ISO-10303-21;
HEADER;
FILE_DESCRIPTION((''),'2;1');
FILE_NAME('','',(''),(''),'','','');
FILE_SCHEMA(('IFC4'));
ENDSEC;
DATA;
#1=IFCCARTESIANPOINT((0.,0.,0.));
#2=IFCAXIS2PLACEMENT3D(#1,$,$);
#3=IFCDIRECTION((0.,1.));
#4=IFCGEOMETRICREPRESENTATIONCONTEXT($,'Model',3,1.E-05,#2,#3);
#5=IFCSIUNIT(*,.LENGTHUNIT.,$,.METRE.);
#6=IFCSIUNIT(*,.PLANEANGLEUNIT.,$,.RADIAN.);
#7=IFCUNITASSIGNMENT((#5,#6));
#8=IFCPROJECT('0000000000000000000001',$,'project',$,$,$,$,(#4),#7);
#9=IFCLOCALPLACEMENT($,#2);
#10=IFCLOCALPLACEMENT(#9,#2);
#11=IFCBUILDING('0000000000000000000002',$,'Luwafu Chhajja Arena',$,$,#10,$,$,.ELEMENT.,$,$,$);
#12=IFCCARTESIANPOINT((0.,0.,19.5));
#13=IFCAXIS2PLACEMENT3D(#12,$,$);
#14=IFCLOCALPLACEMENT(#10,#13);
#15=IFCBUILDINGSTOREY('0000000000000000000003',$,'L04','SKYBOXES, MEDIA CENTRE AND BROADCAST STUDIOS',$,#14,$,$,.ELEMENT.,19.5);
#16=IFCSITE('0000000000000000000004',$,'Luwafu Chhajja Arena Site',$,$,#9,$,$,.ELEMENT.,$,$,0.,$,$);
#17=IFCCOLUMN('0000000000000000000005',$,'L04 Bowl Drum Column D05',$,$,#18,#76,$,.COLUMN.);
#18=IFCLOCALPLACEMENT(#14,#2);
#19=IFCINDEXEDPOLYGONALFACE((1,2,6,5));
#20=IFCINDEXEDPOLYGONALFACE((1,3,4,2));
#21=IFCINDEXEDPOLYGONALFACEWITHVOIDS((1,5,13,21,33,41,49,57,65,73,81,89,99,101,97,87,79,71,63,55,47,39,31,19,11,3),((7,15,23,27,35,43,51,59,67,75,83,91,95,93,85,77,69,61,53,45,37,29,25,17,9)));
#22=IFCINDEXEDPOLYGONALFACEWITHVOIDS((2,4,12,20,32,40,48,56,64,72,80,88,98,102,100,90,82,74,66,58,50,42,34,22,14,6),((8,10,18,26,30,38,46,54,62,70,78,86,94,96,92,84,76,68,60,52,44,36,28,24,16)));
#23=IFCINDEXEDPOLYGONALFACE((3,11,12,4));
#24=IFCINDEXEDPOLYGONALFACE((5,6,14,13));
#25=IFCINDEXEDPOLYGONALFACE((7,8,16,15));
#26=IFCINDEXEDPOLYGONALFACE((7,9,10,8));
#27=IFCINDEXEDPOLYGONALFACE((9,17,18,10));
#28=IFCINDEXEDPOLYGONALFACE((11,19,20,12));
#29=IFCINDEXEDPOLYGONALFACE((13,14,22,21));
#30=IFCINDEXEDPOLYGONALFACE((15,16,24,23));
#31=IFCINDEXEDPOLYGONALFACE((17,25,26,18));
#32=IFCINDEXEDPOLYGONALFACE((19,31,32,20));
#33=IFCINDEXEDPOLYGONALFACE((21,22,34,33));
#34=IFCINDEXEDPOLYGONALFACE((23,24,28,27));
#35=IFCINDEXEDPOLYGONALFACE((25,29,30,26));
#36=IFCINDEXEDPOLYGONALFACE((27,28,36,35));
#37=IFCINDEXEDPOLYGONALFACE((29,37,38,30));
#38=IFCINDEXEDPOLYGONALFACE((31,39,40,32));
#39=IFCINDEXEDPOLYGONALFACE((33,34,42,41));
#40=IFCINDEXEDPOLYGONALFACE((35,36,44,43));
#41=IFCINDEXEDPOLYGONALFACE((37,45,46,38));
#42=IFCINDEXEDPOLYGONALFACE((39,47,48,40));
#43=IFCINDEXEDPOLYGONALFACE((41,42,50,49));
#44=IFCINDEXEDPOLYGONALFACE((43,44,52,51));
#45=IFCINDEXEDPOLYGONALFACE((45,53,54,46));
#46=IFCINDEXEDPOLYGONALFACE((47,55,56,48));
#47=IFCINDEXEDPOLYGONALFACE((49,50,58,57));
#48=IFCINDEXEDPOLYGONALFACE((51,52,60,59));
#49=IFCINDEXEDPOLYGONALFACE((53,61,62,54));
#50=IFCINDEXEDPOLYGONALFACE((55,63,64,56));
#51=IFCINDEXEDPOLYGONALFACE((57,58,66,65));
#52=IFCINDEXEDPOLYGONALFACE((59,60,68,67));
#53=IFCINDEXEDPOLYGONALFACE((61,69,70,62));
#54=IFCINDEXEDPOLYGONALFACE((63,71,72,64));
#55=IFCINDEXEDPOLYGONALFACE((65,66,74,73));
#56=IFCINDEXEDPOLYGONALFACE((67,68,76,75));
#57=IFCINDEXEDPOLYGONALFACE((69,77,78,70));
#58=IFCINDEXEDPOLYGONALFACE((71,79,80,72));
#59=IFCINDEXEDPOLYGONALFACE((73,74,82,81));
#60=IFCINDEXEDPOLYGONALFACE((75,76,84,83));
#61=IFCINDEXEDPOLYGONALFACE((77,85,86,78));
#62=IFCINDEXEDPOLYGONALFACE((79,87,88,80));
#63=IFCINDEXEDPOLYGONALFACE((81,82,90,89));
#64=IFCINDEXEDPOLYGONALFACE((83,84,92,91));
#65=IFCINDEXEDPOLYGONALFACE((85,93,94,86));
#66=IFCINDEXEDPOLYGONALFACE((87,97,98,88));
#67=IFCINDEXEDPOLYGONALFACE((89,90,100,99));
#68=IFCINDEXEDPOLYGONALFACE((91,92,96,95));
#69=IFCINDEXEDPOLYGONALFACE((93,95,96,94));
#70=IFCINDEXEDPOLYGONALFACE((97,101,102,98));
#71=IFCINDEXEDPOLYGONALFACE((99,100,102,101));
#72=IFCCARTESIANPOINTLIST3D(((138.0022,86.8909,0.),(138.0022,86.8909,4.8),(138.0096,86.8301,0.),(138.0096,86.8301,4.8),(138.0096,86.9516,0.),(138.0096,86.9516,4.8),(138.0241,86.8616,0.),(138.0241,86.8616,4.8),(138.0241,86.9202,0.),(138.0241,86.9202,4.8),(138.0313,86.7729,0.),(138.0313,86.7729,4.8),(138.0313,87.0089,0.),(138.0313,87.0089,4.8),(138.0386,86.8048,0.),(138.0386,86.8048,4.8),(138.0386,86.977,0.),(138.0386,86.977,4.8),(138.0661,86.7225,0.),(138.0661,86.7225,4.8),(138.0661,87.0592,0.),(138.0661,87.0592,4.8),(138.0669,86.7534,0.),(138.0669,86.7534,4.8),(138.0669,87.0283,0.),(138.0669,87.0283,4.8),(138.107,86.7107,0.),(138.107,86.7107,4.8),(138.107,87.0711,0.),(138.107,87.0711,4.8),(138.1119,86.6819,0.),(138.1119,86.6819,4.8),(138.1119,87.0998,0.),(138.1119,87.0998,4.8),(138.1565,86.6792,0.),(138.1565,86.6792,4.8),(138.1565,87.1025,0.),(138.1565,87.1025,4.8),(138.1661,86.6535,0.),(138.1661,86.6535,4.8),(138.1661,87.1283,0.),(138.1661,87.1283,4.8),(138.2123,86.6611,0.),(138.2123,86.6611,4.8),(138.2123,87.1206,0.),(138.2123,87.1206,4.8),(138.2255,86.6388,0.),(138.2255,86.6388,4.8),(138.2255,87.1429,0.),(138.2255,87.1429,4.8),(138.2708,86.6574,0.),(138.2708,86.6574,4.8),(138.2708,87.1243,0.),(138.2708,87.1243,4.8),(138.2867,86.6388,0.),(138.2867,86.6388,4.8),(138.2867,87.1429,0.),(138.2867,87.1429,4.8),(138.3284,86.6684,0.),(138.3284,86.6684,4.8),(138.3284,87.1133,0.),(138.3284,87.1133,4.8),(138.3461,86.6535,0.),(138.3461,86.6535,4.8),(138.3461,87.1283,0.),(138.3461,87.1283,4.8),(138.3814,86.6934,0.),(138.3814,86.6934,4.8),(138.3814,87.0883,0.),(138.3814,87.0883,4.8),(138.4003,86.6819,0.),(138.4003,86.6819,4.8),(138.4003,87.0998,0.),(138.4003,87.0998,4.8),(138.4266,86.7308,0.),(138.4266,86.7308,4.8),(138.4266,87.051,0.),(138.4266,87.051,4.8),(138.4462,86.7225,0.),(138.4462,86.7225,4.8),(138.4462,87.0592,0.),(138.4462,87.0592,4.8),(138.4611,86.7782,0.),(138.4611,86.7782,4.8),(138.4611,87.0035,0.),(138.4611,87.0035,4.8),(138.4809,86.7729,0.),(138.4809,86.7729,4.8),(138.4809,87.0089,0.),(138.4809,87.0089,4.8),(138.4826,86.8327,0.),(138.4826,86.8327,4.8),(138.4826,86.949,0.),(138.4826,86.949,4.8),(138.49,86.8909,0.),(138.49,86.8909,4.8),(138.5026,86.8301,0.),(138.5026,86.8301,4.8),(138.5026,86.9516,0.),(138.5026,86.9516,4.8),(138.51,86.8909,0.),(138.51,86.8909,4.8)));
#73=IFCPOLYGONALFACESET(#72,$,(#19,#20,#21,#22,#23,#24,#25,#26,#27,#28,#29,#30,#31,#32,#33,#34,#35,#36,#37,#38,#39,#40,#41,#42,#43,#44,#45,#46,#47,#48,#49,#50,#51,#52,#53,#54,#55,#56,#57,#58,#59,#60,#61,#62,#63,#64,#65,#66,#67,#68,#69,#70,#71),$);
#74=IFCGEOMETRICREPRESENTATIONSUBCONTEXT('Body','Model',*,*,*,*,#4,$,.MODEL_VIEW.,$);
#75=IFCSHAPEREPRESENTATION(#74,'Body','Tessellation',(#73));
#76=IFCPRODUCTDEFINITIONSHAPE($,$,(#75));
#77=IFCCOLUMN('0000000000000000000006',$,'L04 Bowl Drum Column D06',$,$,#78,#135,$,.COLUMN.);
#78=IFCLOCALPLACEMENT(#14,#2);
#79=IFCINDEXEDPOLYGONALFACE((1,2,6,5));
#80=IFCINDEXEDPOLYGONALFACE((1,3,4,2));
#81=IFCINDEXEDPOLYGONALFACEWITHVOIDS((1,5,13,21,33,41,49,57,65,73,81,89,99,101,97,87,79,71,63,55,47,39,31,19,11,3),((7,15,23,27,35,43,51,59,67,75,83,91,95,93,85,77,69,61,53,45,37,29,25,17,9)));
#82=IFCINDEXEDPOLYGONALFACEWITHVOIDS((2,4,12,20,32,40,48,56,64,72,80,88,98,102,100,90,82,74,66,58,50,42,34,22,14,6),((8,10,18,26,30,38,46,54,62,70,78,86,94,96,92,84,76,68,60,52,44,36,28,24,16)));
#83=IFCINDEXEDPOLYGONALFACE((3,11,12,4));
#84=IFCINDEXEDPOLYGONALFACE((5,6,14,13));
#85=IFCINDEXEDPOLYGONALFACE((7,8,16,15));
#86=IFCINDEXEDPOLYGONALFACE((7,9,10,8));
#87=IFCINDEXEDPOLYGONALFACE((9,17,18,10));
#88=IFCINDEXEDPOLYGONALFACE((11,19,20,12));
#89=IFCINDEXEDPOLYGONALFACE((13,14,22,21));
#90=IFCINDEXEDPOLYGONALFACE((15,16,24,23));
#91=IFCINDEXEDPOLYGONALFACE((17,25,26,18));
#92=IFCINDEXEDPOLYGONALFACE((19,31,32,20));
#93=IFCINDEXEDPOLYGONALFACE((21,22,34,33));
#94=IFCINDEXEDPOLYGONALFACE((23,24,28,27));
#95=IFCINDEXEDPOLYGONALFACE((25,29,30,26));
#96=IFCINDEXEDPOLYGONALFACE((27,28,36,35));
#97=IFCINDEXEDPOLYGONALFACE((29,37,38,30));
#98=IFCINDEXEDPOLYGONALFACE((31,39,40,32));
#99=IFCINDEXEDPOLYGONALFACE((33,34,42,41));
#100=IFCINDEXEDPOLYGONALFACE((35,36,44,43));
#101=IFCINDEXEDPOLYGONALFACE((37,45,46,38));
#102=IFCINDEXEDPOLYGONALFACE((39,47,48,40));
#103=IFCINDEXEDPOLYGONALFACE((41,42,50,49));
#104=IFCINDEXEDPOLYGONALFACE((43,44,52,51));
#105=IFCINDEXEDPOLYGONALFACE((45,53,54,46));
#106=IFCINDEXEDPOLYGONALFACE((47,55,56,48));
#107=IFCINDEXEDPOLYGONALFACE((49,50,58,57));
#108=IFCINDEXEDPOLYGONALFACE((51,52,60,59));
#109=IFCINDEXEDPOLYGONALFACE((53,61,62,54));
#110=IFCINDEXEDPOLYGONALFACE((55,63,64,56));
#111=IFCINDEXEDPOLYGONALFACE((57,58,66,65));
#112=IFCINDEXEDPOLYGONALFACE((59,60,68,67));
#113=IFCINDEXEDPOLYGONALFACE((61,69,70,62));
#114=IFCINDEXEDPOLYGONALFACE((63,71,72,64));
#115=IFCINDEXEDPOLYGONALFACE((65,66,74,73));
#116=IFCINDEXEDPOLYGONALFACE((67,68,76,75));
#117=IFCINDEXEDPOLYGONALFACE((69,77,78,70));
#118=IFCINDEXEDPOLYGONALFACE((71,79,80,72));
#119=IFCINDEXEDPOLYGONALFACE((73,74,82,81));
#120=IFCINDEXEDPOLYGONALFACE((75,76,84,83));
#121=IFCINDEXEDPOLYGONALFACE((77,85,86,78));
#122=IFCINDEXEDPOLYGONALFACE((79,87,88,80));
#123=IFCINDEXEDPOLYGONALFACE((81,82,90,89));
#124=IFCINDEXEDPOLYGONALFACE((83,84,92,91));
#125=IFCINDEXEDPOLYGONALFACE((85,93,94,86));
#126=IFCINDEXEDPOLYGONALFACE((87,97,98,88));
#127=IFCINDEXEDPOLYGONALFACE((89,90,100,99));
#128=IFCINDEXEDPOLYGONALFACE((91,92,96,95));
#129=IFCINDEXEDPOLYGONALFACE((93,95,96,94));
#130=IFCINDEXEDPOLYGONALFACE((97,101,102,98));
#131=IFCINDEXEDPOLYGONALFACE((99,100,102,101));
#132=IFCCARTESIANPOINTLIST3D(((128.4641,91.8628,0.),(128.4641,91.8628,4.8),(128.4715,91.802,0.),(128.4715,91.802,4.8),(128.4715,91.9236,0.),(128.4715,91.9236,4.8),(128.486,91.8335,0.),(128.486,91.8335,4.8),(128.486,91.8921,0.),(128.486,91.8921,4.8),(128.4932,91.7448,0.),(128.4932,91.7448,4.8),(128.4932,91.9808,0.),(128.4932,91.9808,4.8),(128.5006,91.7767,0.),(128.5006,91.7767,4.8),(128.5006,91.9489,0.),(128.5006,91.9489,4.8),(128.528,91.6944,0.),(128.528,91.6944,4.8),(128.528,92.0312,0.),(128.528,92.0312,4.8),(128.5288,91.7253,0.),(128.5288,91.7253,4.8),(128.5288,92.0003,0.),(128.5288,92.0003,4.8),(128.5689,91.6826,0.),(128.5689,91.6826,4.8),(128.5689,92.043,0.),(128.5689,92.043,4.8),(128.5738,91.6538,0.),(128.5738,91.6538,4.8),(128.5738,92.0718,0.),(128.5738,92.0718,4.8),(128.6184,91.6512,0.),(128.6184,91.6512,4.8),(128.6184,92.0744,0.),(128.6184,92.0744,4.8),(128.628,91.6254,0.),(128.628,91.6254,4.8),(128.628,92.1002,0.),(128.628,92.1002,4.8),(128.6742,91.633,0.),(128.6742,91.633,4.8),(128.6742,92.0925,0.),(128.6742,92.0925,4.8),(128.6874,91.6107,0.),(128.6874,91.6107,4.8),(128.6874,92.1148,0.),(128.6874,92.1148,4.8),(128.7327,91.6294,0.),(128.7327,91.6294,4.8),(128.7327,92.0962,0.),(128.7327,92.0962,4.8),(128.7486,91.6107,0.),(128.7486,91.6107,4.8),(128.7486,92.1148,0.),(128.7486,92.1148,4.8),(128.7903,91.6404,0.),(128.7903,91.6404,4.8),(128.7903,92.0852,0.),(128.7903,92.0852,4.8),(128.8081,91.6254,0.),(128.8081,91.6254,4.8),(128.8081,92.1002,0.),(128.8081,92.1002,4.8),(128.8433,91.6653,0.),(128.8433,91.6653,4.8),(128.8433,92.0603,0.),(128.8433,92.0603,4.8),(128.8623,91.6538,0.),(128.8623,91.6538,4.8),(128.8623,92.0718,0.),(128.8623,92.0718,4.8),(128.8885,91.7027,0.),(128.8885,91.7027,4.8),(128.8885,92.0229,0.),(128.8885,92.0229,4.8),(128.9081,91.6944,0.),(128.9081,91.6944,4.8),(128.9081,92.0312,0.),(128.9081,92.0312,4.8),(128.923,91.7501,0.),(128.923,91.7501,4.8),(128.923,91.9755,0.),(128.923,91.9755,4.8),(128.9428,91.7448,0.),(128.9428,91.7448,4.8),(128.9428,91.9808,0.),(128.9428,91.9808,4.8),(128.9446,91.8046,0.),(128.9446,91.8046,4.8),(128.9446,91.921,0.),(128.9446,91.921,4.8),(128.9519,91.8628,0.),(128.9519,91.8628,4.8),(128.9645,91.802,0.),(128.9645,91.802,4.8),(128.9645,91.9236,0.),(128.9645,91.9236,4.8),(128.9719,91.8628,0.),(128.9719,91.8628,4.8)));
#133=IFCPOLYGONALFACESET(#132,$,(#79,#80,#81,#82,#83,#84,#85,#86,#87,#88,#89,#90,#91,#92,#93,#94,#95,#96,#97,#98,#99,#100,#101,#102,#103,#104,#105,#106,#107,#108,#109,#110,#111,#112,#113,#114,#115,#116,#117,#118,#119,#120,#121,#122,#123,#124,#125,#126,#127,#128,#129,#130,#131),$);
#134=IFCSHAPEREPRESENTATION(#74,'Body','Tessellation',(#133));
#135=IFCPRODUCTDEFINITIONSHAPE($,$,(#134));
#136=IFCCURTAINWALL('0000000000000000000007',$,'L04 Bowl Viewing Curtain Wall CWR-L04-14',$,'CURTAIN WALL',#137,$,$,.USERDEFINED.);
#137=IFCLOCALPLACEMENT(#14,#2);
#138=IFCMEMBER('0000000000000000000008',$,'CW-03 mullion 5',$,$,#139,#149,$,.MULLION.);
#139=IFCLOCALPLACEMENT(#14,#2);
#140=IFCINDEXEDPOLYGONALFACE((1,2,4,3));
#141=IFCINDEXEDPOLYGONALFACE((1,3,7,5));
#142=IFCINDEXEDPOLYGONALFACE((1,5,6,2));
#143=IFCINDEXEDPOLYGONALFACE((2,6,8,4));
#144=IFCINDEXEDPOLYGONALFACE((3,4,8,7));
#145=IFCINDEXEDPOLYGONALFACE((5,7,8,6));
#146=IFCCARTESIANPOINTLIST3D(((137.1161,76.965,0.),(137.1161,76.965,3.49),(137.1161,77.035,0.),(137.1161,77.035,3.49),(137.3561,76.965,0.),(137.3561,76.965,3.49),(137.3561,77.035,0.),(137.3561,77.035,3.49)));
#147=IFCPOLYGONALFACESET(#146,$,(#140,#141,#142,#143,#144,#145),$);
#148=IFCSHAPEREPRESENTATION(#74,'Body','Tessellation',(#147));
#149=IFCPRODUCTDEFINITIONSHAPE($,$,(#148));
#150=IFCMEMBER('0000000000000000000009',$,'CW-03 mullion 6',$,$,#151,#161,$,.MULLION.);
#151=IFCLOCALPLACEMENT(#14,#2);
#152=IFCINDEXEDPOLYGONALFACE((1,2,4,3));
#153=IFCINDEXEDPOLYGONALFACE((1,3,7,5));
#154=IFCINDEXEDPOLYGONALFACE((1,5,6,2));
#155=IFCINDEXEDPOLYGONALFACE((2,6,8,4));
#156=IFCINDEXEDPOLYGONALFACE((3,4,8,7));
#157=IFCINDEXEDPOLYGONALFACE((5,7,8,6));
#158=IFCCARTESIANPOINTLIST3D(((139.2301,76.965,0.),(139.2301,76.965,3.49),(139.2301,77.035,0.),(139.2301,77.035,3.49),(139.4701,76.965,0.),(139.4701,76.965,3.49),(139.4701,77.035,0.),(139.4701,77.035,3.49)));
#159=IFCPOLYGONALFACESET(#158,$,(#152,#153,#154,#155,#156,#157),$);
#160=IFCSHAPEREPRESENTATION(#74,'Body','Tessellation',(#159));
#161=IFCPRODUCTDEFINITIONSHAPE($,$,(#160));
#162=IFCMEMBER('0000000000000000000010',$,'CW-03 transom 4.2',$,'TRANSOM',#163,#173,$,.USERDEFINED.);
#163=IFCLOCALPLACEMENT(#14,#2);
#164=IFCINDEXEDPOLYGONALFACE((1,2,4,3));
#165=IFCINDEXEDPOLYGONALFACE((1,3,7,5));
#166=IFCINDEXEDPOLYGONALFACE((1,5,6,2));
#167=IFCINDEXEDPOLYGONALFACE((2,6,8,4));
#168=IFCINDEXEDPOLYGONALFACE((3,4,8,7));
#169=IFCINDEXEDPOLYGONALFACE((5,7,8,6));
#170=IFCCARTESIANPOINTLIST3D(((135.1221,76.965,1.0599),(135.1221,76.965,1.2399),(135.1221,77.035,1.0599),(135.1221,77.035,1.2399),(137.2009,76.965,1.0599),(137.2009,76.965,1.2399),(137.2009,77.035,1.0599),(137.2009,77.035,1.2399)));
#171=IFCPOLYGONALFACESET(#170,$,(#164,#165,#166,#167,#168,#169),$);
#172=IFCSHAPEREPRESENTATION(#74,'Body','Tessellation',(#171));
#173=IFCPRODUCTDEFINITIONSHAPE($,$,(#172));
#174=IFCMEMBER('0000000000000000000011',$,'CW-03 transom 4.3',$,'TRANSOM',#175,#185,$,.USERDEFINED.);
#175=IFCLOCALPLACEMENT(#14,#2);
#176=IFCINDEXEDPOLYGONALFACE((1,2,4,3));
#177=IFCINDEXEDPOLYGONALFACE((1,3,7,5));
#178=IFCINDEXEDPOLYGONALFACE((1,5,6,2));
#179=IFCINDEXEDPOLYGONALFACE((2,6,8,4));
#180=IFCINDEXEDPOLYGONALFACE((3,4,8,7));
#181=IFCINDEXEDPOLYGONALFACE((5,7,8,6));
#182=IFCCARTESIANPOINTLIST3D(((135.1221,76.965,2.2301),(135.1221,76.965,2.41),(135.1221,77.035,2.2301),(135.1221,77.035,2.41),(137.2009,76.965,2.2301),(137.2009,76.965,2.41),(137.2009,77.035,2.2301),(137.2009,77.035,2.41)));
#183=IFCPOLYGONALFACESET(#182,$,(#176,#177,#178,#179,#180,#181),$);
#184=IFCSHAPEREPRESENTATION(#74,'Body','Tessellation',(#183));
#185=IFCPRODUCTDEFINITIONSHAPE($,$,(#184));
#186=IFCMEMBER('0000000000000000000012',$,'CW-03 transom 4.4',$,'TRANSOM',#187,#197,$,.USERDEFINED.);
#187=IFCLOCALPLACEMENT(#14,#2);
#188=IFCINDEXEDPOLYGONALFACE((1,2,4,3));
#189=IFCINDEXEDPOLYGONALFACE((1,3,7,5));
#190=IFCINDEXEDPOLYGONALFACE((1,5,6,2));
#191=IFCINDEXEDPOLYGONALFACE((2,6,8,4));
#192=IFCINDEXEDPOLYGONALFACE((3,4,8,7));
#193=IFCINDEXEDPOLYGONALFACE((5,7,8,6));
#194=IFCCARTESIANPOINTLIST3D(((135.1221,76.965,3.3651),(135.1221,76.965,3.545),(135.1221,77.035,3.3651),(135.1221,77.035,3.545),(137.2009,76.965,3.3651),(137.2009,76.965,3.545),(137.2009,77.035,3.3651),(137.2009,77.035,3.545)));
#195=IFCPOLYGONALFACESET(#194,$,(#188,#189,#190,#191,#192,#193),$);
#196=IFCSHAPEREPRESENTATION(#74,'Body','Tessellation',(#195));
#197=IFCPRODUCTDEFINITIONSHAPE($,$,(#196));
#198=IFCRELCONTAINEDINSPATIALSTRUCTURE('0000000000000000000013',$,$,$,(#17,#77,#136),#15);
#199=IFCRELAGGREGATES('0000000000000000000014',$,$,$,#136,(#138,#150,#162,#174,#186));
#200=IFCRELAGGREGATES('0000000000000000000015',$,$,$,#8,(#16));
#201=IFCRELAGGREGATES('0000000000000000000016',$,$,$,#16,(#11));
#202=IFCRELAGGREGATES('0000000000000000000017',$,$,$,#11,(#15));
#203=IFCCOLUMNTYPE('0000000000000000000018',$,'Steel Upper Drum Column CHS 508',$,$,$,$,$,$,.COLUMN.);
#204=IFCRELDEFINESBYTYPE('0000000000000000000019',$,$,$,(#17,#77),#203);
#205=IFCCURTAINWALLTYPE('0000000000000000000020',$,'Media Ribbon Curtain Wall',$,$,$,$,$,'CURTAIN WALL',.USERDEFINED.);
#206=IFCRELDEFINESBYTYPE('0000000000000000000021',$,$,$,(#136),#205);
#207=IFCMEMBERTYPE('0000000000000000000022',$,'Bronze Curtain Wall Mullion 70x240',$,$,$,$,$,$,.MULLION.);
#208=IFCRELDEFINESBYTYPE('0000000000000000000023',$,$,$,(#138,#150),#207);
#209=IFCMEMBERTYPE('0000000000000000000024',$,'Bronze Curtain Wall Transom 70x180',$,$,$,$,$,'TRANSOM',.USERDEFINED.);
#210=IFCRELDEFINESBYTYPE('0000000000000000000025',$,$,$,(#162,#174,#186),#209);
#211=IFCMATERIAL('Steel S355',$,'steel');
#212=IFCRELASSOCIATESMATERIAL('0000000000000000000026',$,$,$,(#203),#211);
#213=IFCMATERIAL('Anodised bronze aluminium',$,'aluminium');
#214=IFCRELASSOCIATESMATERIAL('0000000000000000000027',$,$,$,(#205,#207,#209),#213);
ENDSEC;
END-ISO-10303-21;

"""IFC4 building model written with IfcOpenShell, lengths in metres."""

from ifc_helpers import new_model, si_unit, direction, frame, origin, origin_2d, place, context, subcontext, project, spatial, rectangle, hollow_circle, extrude, material, material_profile, profile_set, type_object, element, aggregate, save


model = new_model("IFC4")

# Units and contexts
model_context = context("Model", 3, precision=1e-05, world=origin(), true_north=direction((0.0, 1.0)))
body_context = subcontext(model_context, "Body", "Model", "MODEL_VIEW")
ifc_project = project(units=[si_unit("LENGTHUNIT", "METRE"), si_unit("PLANEANGLEUNIT", "RADIAN")], contexts=[model_context])

# Site, building, storey
site_placement = place(None, origin())
site = spatial("IfcSite", under=ifc_project, at=site_placement, Name="Luwafu Chhajja Arena Site", CompositionType="ELEMENT", RefElevation=0.0)
building_placement = place(site_placement, origin())
building = spatial("IfcBuilding", under=site, at=building_placement, Name="Luwafu Chhajja Arena", CompositionType="ELEMENT")
storey_placement = place(building_placement, frame((0.0, 0.0, 19.5)))
storey = spatial("IfcBuildingStorey", under=building, at=storey_placement, Name="L04", Description="SKYBOXES, MEDIA CENTRE AND BROADCAST STUDIOS", CompositionType="ELEMENT", Elevation=19.5)

# Columns
ifc_material_1 = material(Name="Steel S355", Category="steel")
ifc_material_profile_1 = material_profile(ifc_material_1, hollow_circle(Radius=0.2539, WallThickness=0.02, at=origin_2d()), Name="CHS 508x20")
ifc_profile_set_1 = profile_set([ifc_material_profile_1], Name="Steel S355")
column_type = type_object("IfcColumnType", Name="Steel Upper Drum Column CHS 508", PredefinedType="COLUMN", material=ifc_profile_set_1)
for number, where, z_axis, x_axis, name in (
    (1, (138.2561, 86.8909, 0.0), (0.0, 0.0, 1.0), (1.0, 0.0, 0.0), "L04 Bowl Drum Column D05"),
    (2, (128.718, 91.8628, 0.0), (0.0, 0.0, 1.0), (1.0, 0.0, 0.0), "L04 Bowl Drum Column D06"),
):
    element("IfcColumn", number, at=place(storey_placement, frame(where, z_axis=z_axis, x_axis=x_axis)), inside=storey, type_object=column_type, Name=name, PredefinedType="COLUMN", context=body_context, shape_type="SweptSolid", body=[
        extrude(hollow_circle(Radius=0.2539, WallThickness=0.02, at=origin_2d()), origin(), (0.0, 0.0, 1.0), 4.8),
    ])

# Curtain wall, members
ifc_material_2 = material(Name="Anodised bronze aluminium", Category="aluminium")
curtain_wall_type = type_object("IfcCurtainWallType", Name="Media Ribbon Curtain Wall", ElementType="CURTAIN WALL", PredefinedType="USERDEFINED", material=ifc_material_2)
curtain_wall_placement = place(storey_placement, origin())
curtain_wall = element("IfcCurtainWall", 3, at=curtain_wall_placement, inside=storey, type_object=curtain_wall_type, Name="L04 Bowl Viewing Curtain Wall CWR-L04-14", ObjectType="CURTAIN WALL", PredefinedType="USERDEFINED")
ifc_material_profile_2 = material_profile(ifc_material_2, rectangle(XDim=0.0701, YDim=0.24, at=origin_2d()), Name="CWM 70x240")
ifc_profile_set_2 = profile_set([ifc_material_profile_2], Name="Anodised bronze aluminium")
member_type_1 = type_object("IfcMemberType", Name="Bronze Curtain Wall Mullion 70x240", PredefinedType="MULLION", material=ifc_profile_set_2)
member_1_placement = place(storey_placement, frame((137.2361, 77.0, 0.0), z_axis=(0.0, 0.0, 1.0), x_axis=(0.0, 1.0, 0.0)))
member_1 = element("IfcMember", 4, at=member_1_placement, type_object=member_type_1, Name="CW-03 mullion 5", PredefinedType="MULLION", context=body_context, shape_type="SweptSolid", body=[
    extrude(rectangle(XDim=0.0701, YDim=0.24, at=origin_2d()), origin(), (0.0, 0.0, 1.0), 3.49),
])
member_2_placement = place(storey_placement, frame((139.3501, 77.0, 0.0), z_axis=(0.0, 0.0, 1.0), x_axis=(0.0, 1.0, 0.0)))
member_2 = element("IfcMember", 5, at=member_2_placement, type_object=member_type_1, Name="CW-03 mullion 6", PredefinedType="MULLION", context=body_context, shape_type="SweptSolid", body=[
    extrude(rectangle(XDim=0.0701, YDim=0.24, at=origin_2d()), origin(), (0.0, 0.0, 1.0), 3.49),
])
ifc_material_profile_3 = material_profile(ifc_material_2, rectangle(XDim=0.0701, YDim=0.1799, at=origin_2d()), Name="CWT 70x180")
ifc_profile_set_3 = profile_set([ifc_material_profile_3], Name="Anodised bronze aluminium")
member_type_2 = type_object("IfcMemberType", Name="Bronze Curtain Wall Transom 70x180", ElementType="TRANSOM", PredefinedType="USERDEFINED", material=ifc_profile_set_3)
member_3_placement = place(storey_placement, frame((135.1221, 77.0, 1.1499), z_axis=(1.0, 0.0, 0.0), x_axis=(0.0, 1.0, 0.0)))
member_3 = element("IfcMember", 6, at=member_3_placement, type_object=member_type_2, Name="CW-03 transom 4.2", ObjectType="TRANSOM", PredefinedType="USERDEFINED", context=body_context, shape_type="SweptSolid", body=[
    extrude(rectangle(XDim=0.0701, YDim=0.1799, at=origin_2d()), origin(), (0.0, 0.0, 1.0), 2.0789),
])
member_4_placement = place(storey_placement, frame((135.1221, 77.0, 2.3201), z_axis=(1.0, 0.0, 0.0), x_axis=(0.0, 1.0, 0.0)))
member_4 = element("IfcMember", 7, at=member_4_placement, type_object=member_type_2, Name="CW-03 transom 4.3", ObjectType="TRANSOM", PredefinedType="USERDEFINED", context=body_context, shape_type="SweptSolid", body=[
    extrude(rectangle(XDim=0.0701, YDim=0.1799, at=origin_2d()), origin(), (0.0, 0.0, 1.0), 2.0789),
])
member_5_placement = place(storey_placement, frame((135.1221, 77.0, 3.4551), z_axis=(1.0, 0.0, 0.0), x_axis=(0.0, 1.0, 0.0)))
member_5 = element("IfcMember", 8, at=member_5_placement, type_object=member_type_2, Name="CW-03 transom 4.4", ObjectType="TRANSOM", PredefinedType="USERDEFINED", context=body_context, shape_type="SweptSolid", body=[
    extrude(rectangle(XDim=0.0701, YDim=0.1799, at=origin_2d()), origin(), (0.0, 0.0, 1.0), 2.0789),
])

aggregate(curtain_wall, [member_1, member_2, member_3, member_4, member_5])

save(model, "model.ifc")
